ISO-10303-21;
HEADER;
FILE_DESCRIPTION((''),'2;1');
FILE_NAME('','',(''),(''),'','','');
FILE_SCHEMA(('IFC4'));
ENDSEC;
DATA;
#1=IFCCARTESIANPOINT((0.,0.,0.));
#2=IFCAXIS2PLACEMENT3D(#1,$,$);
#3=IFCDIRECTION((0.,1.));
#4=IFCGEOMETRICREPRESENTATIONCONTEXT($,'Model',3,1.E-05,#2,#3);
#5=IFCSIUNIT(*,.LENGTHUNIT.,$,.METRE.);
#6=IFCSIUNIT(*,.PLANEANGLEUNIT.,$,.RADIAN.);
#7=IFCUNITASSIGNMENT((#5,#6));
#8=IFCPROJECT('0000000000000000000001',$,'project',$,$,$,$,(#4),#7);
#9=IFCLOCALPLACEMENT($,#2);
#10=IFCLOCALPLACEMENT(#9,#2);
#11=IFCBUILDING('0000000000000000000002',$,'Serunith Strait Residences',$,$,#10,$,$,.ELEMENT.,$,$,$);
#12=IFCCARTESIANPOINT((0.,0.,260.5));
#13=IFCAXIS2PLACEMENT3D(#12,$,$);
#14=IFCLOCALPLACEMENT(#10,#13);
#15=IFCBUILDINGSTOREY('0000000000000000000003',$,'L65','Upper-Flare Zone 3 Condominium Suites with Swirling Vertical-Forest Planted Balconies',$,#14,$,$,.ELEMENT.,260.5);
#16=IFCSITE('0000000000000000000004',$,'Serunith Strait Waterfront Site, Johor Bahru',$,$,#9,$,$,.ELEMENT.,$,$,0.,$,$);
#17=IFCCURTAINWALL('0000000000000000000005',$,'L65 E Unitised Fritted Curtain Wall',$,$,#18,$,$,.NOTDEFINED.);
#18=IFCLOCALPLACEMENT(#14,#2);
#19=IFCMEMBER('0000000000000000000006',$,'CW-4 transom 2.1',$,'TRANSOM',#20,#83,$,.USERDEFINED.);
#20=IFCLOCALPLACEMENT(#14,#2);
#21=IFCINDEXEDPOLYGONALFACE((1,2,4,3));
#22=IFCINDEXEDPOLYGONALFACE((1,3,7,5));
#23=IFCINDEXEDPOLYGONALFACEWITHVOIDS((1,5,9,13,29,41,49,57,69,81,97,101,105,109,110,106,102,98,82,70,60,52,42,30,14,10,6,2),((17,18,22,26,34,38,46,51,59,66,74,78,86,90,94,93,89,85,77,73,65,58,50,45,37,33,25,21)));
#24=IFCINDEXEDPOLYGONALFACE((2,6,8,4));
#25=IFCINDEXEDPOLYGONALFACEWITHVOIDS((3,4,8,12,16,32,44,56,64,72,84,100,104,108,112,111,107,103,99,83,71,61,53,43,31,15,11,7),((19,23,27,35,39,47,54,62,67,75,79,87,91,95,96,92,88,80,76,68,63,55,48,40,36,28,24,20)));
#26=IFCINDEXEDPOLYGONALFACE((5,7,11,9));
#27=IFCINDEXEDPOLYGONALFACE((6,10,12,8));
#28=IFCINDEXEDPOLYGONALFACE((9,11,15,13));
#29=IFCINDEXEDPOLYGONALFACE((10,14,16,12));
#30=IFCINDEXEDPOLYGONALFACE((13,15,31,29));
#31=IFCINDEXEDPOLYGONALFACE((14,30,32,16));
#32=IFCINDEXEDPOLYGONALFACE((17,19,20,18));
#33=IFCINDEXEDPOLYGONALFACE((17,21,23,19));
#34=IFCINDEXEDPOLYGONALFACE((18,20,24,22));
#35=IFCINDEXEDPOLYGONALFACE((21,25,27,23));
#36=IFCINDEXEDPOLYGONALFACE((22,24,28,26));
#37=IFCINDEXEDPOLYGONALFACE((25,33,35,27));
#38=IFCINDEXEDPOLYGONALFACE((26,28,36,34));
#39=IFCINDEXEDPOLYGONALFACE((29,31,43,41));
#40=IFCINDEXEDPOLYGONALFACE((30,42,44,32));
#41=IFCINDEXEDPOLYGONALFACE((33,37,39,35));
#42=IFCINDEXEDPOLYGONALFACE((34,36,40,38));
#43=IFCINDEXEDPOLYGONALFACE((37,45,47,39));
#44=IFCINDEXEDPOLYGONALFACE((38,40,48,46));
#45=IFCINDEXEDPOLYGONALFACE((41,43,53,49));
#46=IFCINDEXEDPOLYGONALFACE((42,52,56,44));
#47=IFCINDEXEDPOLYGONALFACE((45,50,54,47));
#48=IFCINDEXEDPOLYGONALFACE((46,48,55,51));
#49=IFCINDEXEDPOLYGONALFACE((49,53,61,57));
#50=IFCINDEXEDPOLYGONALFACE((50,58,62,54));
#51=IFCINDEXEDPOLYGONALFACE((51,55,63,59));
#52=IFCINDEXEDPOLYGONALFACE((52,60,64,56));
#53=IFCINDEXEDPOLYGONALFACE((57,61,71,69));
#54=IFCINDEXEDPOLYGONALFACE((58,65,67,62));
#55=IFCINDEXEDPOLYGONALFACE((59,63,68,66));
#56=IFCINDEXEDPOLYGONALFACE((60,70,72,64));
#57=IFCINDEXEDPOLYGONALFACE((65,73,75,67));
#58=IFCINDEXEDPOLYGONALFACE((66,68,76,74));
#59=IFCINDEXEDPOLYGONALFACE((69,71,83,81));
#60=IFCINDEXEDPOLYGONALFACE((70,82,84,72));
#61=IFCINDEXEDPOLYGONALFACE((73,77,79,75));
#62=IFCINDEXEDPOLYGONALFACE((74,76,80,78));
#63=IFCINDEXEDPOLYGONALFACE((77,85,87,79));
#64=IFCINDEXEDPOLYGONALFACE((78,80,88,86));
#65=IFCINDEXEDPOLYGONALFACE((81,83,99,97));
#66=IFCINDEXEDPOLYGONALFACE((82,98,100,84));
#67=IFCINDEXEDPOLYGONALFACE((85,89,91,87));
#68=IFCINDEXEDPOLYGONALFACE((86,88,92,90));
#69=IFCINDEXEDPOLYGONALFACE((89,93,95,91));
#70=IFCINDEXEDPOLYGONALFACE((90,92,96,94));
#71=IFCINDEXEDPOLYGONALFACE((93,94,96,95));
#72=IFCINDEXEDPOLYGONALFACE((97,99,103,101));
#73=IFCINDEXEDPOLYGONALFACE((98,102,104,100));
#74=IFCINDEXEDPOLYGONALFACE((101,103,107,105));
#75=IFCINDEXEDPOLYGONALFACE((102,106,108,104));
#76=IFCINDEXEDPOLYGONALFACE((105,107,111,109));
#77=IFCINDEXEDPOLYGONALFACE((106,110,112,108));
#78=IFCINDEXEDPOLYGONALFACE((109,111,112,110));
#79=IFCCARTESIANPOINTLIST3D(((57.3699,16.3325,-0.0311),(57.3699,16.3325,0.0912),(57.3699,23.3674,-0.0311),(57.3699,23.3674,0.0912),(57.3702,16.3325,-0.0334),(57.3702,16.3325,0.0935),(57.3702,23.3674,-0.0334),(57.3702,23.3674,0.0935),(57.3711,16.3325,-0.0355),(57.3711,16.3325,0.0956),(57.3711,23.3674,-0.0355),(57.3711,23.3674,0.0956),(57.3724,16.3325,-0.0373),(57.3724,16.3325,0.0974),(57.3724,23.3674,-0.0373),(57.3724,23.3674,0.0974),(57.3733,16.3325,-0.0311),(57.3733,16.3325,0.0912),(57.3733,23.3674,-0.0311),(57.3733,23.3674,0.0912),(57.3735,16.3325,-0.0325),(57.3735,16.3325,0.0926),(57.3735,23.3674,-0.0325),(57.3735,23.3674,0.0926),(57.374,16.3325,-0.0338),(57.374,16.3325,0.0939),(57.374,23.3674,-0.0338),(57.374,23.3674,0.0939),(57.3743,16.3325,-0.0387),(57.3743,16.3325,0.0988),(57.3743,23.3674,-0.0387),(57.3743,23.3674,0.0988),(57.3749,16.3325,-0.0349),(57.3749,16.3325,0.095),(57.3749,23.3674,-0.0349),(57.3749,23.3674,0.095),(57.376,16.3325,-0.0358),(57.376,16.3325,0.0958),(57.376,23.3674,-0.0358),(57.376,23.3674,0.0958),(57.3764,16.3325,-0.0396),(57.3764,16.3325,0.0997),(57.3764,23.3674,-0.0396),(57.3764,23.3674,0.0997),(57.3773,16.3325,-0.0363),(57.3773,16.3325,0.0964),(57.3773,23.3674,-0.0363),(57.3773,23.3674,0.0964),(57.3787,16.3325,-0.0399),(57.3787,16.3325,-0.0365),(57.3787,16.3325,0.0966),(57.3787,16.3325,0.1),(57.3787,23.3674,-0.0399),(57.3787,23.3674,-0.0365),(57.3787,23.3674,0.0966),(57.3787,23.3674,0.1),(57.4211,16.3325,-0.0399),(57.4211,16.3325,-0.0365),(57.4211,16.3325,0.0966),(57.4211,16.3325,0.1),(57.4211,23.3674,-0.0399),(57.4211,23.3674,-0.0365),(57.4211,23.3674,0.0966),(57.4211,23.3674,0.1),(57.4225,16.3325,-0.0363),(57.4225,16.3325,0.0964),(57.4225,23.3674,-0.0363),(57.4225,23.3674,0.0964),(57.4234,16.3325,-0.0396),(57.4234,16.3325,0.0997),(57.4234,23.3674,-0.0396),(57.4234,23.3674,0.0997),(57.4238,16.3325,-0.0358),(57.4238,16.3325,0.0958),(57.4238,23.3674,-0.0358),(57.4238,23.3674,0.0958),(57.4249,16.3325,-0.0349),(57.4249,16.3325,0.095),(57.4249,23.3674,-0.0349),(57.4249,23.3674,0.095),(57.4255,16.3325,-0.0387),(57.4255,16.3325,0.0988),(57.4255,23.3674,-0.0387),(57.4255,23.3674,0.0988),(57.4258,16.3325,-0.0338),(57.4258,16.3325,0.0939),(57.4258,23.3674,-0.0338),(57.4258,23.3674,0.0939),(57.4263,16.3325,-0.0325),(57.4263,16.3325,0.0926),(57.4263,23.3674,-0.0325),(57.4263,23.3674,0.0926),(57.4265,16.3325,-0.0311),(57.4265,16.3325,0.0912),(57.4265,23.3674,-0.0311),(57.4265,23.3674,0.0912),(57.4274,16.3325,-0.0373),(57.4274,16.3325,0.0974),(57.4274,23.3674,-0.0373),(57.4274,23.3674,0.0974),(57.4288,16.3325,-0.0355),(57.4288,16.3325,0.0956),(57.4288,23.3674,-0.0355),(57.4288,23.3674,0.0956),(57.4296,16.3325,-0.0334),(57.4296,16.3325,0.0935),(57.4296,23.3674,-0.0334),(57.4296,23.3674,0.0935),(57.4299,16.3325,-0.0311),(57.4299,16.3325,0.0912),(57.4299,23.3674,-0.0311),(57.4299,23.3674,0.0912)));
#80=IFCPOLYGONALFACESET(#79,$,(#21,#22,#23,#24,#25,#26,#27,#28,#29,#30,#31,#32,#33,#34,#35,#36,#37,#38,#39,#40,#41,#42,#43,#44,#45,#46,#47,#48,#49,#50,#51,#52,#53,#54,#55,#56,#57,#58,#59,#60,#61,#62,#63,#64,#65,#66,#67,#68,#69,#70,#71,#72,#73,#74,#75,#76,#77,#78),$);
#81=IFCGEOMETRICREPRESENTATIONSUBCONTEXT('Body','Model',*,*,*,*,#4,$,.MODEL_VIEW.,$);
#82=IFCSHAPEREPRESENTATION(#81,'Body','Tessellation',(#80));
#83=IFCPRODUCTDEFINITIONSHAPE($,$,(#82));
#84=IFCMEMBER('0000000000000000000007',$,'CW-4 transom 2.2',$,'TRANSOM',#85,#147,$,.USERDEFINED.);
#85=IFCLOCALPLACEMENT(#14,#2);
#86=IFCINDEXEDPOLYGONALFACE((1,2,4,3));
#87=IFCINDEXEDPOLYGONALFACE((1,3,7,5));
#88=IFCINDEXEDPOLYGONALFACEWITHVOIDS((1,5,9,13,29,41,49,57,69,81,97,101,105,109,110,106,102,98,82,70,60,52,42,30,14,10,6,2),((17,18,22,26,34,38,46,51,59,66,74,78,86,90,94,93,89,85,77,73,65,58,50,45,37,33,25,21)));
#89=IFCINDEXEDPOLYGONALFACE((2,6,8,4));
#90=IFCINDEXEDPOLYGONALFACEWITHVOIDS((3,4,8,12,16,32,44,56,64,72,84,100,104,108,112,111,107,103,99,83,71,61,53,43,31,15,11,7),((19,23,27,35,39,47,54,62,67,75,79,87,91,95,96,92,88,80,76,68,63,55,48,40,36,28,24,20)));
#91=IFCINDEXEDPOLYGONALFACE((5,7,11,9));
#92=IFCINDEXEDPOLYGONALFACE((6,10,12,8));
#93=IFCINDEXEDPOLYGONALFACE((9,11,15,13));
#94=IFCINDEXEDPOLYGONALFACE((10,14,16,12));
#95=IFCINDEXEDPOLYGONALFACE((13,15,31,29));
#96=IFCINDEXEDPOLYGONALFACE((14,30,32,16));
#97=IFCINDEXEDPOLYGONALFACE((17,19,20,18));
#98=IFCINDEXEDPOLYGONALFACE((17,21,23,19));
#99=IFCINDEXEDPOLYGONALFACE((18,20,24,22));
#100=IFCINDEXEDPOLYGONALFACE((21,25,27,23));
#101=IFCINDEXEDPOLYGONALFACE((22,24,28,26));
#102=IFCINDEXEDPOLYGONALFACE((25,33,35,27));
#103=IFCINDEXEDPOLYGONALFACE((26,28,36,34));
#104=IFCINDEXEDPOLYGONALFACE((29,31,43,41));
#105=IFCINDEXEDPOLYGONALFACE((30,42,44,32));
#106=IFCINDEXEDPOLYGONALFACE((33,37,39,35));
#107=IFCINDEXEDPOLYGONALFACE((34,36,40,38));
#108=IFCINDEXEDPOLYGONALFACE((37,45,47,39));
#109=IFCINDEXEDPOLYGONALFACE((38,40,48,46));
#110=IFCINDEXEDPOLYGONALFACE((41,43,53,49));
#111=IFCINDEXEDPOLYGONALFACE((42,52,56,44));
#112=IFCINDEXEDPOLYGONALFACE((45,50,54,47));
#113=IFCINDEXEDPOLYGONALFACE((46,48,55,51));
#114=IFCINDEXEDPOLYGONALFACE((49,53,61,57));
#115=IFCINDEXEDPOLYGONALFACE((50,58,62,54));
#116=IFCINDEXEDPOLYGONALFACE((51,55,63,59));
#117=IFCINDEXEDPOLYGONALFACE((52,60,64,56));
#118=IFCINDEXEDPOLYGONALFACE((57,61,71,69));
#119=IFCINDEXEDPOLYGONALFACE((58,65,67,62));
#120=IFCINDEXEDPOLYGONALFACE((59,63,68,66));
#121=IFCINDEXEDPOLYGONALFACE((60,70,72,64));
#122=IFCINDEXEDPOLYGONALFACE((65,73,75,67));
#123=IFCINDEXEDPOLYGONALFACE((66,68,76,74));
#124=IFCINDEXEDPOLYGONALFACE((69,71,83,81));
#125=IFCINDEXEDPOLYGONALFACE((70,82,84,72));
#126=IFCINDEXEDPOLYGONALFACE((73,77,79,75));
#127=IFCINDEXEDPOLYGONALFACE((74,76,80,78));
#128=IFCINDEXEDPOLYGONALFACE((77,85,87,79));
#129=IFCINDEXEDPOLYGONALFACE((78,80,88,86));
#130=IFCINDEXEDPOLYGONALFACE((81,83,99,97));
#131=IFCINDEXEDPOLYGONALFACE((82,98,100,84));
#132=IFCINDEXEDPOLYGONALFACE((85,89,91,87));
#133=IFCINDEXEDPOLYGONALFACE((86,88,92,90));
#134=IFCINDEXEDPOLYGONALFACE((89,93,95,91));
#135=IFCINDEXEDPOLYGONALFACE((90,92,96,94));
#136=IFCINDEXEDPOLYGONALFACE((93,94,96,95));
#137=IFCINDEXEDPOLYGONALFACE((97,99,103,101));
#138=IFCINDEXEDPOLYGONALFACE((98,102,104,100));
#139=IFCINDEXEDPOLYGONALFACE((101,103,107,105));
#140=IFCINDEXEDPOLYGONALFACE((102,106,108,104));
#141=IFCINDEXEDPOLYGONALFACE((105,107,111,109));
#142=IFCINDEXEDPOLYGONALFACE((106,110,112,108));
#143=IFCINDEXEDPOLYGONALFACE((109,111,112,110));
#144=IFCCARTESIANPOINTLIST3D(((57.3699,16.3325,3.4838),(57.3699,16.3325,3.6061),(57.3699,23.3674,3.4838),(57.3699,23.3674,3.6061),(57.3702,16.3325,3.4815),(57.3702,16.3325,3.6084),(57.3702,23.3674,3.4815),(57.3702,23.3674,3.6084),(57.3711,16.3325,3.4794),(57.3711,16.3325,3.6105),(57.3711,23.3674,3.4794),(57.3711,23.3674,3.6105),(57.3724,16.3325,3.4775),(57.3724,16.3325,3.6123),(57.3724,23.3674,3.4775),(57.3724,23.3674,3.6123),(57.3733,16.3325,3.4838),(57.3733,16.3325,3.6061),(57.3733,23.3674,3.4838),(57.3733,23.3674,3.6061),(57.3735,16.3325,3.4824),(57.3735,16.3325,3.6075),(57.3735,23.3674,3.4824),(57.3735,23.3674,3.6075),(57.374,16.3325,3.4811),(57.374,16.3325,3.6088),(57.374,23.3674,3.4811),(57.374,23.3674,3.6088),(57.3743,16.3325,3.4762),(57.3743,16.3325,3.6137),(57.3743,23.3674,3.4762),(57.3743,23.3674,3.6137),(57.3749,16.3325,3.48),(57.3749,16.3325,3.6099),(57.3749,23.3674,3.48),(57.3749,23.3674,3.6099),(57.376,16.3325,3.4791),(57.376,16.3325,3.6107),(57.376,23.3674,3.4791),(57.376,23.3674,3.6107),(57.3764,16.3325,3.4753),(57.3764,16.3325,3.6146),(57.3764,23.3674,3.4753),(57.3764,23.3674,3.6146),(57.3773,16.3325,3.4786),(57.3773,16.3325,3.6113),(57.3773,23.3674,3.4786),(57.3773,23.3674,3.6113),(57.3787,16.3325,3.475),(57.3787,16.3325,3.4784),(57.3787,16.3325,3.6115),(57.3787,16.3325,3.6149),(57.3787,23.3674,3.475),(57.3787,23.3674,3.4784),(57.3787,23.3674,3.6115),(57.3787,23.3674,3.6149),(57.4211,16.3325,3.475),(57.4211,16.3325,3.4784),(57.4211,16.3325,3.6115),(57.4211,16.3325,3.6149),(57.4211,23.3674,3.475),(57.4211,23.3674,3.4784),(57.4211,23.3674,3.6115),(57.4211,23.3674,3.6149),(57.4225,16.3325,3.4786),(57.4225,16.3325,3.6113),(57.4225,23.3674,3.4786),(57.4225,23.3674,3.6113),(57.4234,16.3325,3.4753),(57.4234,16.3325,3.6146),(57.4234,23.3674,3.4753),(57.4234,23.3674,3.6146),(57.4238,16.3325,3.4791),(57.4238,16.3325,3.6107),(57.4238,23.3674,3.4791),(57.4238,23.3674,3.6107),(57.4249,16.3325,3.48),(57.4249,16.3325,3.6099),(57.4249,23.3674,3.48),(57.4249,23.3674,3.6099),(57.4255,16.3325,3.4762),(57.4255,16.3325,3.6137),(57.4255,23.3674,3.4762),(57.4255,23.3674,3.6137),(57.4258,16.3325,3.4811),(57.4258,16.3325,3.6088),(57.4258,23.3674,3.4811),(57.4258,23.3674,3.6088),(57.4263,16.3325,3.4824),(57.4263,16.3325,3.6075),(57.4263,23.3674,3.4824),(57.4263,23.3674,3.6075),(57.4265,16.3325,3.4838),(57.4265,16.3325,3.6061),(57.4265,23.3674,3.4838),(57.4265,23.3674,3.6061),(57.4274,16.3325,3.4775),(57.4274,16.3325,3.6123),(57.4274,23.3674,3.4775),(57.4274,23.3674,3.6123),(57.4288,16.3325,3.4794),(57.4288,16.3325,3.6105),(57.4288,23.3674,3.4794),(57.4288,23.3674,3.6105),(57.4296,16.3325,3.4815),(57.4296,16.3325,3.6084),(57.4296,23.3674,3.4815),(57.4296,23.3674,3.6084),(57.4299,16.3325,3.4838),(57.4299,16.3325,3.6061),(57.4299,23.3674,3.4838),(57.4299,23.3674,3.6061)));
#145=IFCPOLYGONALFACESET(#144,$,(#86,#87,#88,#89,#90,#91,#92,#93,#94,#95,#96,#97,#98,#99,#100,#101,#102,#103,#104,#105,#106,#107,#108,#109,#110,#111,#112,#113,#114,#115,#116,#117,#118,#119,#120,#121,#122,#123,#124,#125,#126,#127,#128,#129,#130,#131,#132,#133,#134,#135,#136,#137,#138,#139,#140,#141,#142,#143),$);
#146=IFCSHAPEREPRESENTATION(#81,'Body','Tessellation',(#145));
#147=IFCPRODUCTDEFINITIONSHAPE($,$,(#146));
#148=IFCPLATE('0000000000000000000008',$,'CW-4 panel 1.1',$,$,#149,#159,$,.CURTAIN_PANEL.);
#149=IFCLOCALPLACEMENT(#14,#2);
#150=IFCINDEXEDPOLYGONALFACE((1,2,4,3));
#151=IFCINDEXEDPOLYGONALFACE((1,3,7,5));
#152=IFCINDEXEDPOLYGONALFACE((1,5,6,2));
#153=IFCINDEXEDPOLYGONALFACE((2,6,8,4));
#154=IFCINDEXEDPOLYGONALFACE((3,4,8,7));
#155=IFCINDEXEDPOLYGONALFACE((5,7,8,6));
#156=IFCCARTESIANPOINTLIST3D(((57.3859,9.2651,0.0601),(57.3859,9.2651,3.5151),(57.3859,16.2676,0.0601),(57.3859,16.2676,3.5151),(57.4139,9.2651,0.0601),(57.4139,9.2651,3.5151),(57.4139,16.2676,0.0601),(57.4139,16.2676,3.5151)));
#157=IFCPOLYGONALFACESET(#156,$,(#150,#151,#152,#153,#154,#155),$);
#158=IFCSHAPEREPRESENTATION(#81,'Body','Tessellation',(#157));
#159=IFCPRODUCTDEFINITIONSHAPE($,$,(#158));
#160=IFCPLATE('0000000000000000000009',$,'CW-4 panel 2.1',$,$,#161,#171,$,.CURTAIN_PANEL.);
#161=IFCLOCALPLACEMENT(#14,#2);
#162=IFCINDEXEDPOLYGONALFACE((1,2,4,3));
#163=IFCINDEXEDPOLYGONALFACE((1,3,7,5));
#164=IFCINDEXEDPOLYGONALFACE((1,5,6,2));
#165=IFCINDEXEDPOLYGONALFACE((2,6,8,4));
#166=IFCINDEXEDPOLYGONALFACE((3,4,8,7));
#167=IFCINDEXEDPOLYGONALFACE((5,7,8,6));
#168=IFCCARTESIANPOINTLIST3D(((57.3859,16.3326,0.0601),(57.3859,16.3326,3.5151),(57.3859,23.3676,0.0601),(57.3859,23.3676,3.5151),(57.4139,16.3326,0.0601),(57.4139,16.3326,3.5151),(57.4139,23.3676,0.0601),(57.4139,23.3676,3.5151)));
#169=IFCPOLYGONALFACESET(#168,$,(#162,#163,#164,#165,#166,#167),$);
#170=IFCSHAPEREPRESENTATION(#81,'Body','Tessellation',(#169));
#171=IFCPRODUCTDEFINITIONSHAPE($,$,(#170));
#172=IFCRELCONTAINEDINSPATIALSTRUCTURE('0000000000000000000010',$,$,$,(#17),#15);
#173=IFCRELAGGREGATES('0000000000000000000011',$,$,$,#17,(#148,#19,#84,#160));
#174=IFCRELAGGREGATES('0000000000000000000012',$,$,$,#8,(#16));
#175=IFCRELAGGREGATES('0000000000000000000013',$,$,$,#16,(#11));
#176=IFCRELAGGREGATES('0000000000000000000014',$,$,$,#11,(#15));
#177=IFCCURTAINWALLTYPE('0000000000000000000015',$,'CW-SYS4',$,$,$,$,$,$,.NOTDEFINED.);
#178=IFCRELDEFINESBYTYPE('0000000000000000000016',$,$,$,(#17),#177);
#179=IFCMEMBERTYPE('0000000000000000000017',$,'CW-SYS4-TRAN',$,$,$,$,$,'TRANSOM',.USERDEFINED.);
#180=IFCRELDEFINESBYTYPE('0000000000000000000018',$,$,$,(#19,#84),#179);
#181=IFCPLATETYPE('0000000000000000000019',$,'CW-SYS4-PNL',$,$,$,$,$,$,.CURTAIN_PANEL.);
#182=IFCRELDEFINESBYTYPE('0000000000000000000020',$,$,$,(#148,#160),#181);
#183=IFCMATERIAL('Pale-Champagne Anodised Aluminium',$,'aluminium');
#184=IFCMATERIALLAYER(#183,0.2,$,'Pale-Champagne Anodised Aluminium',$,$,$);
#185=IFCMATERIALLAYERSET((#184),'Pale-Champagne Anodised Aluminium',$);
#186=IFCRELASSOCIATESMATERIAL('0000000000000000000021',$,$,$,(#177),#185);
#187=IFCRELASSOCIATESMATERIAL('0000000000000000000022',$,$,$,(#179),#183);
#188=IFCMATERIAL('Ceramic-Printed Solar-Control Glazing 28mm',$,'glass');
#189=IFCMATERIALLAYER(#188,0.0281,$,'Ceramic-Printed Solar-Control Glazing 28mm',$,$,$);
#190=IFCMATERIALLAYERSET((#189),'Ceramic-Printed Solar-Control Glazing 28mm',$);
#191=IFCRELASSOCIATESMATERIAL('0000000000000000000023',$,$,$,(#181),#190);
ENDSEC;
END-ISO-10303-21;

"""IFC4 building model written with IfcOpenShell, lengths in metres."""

from ifc_helpers import new_model, si_unit, direction, frame, origin, origin_2d, place, context, subcontext, project, spatial, rectangle, hollow_rectangle, extrude, source, transform, mapped, material, layer, layer_set, material_profile, profile_set, type_object, element, aggregate, save


model = new_model("IFC4")

# Units and contexts
model_context = context("Model", 3, precision=1e-05, world=origin(), true_north=direction((0.0, 1.0)))
body_context = subcontext(model_context, "Body", "Model", "MODEL_VIEW")
ifc_project = project(units=[si_unit("LENGTHUNIT", "METRE"), si_unit("PLANEANGLEUNIT", "RADIAN")], contexts=[model_context])

# Site, building, storey
site_placement = place(None, origin())
site = spatial("IfcSite", under=ifc_project, at=site_placement, Name="Serunith Strait Waterfront Site, Johor Bahru", CompositionType="ELEMENT", RefElevation=0.0)
building_placement = place(site_placement, origin())
building = spatial("IfcBuilding", under=site, at=building_placement, Name="Serunith Strait Residences", CompositionType="ELEMENT")
storey_placement = place(building_placement, frame((0.0, 0.0, 260.5)))
storey = spatial("IfcBuildingStorey", under=building, at=storey_placement, Name="L65", Description="Upper-Flare Zone 3 Condominium Suites with Swirling Vertical-Forest Planted Balconies", CompositionType="ELEMENT", Elevation=260.5)

# Curtain wall, members, plates
ifc_material_1 = material(Name="Pale-Champagne Anodised Aluminium", Category="aluminium")
ifc_layer_1 = layer(ifc_material_1, 0.2, Name="Pale-Champagne Anodised Aluminium")
ifc_layer_set_1 = layer_set([ifc_layer_1], Name="Pale-Champagne Anodised Aluminium")
curtain_wall_type = type_object("IfcCurtainWallType", Name="CW-SYS4", PredefinedType="NOTDEFINED", material=ifc_layer_set_1)
curtain_wall_placement = place(storey_placement, origin())
curtain_wall = element("IfcCurtainWall", 1, at=curtain_wall_placement, inside=storey, type_object=curtain_wall_type, Name="L65 E Unitised Fritted Curtain Wall", PredefinedType="NOTDEFINED")
ifc_material_profile_1 = material_profile(ifc_material_1, hollow_rectangle(XDim=0.0601, YDim=0.1399, WallThickness=0.0034, InnerFilletRadius=0.0054, OuterFilletRadius=0.0088, at=origin_2d()), Name="ALU 140x60x3.5")
ifc_profile_set_1 = profile_set([ifc_material_profile_1], Name="Pale-Champagne Anodised Aluminium")
member_type_1 = type_object("IfcMemberType", Name="CW-SYS4-TRAN", ElementType="TRANSOM", PredefinedType="USERDEFINED", material=ifc_profile_set_1)
shared_shape_1 = source(origin(), body_context, "Body", "SweptSolid", [
    extrude(hollow_rectangle(XDim=0.0601, YDim=0.1399, WallThickness=0.0034, InnerFilletRadius=0.0054, OuterFilletRadius=0.0088, at=origin_2d()), origin(), (0.0, 0.0, 1.0), 7.0349),
])
member_1_placement = place(storey_placement, frame((57.3999, 16.3325, 0.03), z_axis=(0.0, 1.0, 0.0), x_axis=(-1.0, 0.0, 0.0)))
member_1 = element("IfcMember", 2, at=member_1_placement, type_object=member_type_1, Name="CW-4 transom 2.1", ObjectType="TRANSOM", PredefinedType="USERDEFINED", context=body_context, shape_type="MappedRepresentation", body=[
    mapped(shared_shape_1, transform((0.0, 0.0, 0.0), scale=1.0)),
])
member_2_placement = place(storey_placement, frame((57.3999, 16.3325, 3.5449), z_axis=(0.0, 1.0, 0.0), x_axis=(-1.0, 0.0, 0.0)))
member_2 = element("IfcMember", 3, at=member_2_placement, type_object=member_type_1, Name="CW-4 transom 2.2", ObjectType="TRANSOM", PredefinedType="USERDEFINED", context=body_context, shape_type="MappedRepresentation", body=[
    mapped(shared_shape_1, transform((0.0, 0.0, 0.0), scale=1.0)),
])
ifc_material_2 = material(Name="Ceramic-Printed Solar-Control Glazing 28mm", Category="glass")
ifc_layer_2 = layer(ifc_material_2, 0.0281, Name="Ceramic-Printed Solar-Control Glazing 28mm")
ifc_layer_set_2 = layer_set([ifc_layer_2], Name="Ceramic-Printed Solar-Control Glazing 28mm")
plate_type = type_object("IfcPlateType", Name="CW-SYS4-PNL", PredefinedType="CURTAIN_PANEL", material=ifc_layer_set_2)
shared_shape_2 = source(origin(), body_context, "Body", "SweptSolid", [
    extrude(rectangle(XDim=7.0024, YDim=0.0281, at=origin_2d()), origin(), (0.0, 0.0, 1.0), 3.4551),
])
plate_1_placement = place(storey_placement, frame((57.3999, 12.7664, 0.0601), z_axis=(0.0, 0.0, 1.0), x_axis=(0.0, 1.0, 0.0)))
plate_1 = element("IfcPlate", 4, at=plate_1_placement, type_object=plate_type, Name="CW-4 panel 1.1", PredefinedType="CURTAIN_PANEL", context=body_context, shape_type="MappedRepresentation", body=[
    mapped(shared_shape_2, transform((0.0, 0.0, 0.0), scale=1.0)),
])
shared_shape_3 = source(origin(), body_context, "Body", "SweptSolid", [
    extrude(rectangle(XDim=7.0349, YDim=0.0281, at=origin_2d()), origin(), (0.0, 0.0, 1.0), 3.4551),
])
plate_2_placement = place(storey_placement, frame((57.3999, 19.8501, 0.0601), z_axis=(0.0, 0.0, 1.0), x_axis=(0.0, 1.0, 0.0)))
plate_2 = element("IfcPlate", 5, at=plate_2_placement, type_object=plate_type, Name="CW-4 panel 2.1", PredefinedType="CURTAIN_PANEL", context=body_context, shape_type="MappedRepresentation", body=[
    mapped(shared_shape_3, transform((0.0, 0.0, 0.0), scale=1.0)),
])
aggregate(curtain_wall, [plate_1, member_1, member_2, plate_2])

save(model, "model.ifc")
